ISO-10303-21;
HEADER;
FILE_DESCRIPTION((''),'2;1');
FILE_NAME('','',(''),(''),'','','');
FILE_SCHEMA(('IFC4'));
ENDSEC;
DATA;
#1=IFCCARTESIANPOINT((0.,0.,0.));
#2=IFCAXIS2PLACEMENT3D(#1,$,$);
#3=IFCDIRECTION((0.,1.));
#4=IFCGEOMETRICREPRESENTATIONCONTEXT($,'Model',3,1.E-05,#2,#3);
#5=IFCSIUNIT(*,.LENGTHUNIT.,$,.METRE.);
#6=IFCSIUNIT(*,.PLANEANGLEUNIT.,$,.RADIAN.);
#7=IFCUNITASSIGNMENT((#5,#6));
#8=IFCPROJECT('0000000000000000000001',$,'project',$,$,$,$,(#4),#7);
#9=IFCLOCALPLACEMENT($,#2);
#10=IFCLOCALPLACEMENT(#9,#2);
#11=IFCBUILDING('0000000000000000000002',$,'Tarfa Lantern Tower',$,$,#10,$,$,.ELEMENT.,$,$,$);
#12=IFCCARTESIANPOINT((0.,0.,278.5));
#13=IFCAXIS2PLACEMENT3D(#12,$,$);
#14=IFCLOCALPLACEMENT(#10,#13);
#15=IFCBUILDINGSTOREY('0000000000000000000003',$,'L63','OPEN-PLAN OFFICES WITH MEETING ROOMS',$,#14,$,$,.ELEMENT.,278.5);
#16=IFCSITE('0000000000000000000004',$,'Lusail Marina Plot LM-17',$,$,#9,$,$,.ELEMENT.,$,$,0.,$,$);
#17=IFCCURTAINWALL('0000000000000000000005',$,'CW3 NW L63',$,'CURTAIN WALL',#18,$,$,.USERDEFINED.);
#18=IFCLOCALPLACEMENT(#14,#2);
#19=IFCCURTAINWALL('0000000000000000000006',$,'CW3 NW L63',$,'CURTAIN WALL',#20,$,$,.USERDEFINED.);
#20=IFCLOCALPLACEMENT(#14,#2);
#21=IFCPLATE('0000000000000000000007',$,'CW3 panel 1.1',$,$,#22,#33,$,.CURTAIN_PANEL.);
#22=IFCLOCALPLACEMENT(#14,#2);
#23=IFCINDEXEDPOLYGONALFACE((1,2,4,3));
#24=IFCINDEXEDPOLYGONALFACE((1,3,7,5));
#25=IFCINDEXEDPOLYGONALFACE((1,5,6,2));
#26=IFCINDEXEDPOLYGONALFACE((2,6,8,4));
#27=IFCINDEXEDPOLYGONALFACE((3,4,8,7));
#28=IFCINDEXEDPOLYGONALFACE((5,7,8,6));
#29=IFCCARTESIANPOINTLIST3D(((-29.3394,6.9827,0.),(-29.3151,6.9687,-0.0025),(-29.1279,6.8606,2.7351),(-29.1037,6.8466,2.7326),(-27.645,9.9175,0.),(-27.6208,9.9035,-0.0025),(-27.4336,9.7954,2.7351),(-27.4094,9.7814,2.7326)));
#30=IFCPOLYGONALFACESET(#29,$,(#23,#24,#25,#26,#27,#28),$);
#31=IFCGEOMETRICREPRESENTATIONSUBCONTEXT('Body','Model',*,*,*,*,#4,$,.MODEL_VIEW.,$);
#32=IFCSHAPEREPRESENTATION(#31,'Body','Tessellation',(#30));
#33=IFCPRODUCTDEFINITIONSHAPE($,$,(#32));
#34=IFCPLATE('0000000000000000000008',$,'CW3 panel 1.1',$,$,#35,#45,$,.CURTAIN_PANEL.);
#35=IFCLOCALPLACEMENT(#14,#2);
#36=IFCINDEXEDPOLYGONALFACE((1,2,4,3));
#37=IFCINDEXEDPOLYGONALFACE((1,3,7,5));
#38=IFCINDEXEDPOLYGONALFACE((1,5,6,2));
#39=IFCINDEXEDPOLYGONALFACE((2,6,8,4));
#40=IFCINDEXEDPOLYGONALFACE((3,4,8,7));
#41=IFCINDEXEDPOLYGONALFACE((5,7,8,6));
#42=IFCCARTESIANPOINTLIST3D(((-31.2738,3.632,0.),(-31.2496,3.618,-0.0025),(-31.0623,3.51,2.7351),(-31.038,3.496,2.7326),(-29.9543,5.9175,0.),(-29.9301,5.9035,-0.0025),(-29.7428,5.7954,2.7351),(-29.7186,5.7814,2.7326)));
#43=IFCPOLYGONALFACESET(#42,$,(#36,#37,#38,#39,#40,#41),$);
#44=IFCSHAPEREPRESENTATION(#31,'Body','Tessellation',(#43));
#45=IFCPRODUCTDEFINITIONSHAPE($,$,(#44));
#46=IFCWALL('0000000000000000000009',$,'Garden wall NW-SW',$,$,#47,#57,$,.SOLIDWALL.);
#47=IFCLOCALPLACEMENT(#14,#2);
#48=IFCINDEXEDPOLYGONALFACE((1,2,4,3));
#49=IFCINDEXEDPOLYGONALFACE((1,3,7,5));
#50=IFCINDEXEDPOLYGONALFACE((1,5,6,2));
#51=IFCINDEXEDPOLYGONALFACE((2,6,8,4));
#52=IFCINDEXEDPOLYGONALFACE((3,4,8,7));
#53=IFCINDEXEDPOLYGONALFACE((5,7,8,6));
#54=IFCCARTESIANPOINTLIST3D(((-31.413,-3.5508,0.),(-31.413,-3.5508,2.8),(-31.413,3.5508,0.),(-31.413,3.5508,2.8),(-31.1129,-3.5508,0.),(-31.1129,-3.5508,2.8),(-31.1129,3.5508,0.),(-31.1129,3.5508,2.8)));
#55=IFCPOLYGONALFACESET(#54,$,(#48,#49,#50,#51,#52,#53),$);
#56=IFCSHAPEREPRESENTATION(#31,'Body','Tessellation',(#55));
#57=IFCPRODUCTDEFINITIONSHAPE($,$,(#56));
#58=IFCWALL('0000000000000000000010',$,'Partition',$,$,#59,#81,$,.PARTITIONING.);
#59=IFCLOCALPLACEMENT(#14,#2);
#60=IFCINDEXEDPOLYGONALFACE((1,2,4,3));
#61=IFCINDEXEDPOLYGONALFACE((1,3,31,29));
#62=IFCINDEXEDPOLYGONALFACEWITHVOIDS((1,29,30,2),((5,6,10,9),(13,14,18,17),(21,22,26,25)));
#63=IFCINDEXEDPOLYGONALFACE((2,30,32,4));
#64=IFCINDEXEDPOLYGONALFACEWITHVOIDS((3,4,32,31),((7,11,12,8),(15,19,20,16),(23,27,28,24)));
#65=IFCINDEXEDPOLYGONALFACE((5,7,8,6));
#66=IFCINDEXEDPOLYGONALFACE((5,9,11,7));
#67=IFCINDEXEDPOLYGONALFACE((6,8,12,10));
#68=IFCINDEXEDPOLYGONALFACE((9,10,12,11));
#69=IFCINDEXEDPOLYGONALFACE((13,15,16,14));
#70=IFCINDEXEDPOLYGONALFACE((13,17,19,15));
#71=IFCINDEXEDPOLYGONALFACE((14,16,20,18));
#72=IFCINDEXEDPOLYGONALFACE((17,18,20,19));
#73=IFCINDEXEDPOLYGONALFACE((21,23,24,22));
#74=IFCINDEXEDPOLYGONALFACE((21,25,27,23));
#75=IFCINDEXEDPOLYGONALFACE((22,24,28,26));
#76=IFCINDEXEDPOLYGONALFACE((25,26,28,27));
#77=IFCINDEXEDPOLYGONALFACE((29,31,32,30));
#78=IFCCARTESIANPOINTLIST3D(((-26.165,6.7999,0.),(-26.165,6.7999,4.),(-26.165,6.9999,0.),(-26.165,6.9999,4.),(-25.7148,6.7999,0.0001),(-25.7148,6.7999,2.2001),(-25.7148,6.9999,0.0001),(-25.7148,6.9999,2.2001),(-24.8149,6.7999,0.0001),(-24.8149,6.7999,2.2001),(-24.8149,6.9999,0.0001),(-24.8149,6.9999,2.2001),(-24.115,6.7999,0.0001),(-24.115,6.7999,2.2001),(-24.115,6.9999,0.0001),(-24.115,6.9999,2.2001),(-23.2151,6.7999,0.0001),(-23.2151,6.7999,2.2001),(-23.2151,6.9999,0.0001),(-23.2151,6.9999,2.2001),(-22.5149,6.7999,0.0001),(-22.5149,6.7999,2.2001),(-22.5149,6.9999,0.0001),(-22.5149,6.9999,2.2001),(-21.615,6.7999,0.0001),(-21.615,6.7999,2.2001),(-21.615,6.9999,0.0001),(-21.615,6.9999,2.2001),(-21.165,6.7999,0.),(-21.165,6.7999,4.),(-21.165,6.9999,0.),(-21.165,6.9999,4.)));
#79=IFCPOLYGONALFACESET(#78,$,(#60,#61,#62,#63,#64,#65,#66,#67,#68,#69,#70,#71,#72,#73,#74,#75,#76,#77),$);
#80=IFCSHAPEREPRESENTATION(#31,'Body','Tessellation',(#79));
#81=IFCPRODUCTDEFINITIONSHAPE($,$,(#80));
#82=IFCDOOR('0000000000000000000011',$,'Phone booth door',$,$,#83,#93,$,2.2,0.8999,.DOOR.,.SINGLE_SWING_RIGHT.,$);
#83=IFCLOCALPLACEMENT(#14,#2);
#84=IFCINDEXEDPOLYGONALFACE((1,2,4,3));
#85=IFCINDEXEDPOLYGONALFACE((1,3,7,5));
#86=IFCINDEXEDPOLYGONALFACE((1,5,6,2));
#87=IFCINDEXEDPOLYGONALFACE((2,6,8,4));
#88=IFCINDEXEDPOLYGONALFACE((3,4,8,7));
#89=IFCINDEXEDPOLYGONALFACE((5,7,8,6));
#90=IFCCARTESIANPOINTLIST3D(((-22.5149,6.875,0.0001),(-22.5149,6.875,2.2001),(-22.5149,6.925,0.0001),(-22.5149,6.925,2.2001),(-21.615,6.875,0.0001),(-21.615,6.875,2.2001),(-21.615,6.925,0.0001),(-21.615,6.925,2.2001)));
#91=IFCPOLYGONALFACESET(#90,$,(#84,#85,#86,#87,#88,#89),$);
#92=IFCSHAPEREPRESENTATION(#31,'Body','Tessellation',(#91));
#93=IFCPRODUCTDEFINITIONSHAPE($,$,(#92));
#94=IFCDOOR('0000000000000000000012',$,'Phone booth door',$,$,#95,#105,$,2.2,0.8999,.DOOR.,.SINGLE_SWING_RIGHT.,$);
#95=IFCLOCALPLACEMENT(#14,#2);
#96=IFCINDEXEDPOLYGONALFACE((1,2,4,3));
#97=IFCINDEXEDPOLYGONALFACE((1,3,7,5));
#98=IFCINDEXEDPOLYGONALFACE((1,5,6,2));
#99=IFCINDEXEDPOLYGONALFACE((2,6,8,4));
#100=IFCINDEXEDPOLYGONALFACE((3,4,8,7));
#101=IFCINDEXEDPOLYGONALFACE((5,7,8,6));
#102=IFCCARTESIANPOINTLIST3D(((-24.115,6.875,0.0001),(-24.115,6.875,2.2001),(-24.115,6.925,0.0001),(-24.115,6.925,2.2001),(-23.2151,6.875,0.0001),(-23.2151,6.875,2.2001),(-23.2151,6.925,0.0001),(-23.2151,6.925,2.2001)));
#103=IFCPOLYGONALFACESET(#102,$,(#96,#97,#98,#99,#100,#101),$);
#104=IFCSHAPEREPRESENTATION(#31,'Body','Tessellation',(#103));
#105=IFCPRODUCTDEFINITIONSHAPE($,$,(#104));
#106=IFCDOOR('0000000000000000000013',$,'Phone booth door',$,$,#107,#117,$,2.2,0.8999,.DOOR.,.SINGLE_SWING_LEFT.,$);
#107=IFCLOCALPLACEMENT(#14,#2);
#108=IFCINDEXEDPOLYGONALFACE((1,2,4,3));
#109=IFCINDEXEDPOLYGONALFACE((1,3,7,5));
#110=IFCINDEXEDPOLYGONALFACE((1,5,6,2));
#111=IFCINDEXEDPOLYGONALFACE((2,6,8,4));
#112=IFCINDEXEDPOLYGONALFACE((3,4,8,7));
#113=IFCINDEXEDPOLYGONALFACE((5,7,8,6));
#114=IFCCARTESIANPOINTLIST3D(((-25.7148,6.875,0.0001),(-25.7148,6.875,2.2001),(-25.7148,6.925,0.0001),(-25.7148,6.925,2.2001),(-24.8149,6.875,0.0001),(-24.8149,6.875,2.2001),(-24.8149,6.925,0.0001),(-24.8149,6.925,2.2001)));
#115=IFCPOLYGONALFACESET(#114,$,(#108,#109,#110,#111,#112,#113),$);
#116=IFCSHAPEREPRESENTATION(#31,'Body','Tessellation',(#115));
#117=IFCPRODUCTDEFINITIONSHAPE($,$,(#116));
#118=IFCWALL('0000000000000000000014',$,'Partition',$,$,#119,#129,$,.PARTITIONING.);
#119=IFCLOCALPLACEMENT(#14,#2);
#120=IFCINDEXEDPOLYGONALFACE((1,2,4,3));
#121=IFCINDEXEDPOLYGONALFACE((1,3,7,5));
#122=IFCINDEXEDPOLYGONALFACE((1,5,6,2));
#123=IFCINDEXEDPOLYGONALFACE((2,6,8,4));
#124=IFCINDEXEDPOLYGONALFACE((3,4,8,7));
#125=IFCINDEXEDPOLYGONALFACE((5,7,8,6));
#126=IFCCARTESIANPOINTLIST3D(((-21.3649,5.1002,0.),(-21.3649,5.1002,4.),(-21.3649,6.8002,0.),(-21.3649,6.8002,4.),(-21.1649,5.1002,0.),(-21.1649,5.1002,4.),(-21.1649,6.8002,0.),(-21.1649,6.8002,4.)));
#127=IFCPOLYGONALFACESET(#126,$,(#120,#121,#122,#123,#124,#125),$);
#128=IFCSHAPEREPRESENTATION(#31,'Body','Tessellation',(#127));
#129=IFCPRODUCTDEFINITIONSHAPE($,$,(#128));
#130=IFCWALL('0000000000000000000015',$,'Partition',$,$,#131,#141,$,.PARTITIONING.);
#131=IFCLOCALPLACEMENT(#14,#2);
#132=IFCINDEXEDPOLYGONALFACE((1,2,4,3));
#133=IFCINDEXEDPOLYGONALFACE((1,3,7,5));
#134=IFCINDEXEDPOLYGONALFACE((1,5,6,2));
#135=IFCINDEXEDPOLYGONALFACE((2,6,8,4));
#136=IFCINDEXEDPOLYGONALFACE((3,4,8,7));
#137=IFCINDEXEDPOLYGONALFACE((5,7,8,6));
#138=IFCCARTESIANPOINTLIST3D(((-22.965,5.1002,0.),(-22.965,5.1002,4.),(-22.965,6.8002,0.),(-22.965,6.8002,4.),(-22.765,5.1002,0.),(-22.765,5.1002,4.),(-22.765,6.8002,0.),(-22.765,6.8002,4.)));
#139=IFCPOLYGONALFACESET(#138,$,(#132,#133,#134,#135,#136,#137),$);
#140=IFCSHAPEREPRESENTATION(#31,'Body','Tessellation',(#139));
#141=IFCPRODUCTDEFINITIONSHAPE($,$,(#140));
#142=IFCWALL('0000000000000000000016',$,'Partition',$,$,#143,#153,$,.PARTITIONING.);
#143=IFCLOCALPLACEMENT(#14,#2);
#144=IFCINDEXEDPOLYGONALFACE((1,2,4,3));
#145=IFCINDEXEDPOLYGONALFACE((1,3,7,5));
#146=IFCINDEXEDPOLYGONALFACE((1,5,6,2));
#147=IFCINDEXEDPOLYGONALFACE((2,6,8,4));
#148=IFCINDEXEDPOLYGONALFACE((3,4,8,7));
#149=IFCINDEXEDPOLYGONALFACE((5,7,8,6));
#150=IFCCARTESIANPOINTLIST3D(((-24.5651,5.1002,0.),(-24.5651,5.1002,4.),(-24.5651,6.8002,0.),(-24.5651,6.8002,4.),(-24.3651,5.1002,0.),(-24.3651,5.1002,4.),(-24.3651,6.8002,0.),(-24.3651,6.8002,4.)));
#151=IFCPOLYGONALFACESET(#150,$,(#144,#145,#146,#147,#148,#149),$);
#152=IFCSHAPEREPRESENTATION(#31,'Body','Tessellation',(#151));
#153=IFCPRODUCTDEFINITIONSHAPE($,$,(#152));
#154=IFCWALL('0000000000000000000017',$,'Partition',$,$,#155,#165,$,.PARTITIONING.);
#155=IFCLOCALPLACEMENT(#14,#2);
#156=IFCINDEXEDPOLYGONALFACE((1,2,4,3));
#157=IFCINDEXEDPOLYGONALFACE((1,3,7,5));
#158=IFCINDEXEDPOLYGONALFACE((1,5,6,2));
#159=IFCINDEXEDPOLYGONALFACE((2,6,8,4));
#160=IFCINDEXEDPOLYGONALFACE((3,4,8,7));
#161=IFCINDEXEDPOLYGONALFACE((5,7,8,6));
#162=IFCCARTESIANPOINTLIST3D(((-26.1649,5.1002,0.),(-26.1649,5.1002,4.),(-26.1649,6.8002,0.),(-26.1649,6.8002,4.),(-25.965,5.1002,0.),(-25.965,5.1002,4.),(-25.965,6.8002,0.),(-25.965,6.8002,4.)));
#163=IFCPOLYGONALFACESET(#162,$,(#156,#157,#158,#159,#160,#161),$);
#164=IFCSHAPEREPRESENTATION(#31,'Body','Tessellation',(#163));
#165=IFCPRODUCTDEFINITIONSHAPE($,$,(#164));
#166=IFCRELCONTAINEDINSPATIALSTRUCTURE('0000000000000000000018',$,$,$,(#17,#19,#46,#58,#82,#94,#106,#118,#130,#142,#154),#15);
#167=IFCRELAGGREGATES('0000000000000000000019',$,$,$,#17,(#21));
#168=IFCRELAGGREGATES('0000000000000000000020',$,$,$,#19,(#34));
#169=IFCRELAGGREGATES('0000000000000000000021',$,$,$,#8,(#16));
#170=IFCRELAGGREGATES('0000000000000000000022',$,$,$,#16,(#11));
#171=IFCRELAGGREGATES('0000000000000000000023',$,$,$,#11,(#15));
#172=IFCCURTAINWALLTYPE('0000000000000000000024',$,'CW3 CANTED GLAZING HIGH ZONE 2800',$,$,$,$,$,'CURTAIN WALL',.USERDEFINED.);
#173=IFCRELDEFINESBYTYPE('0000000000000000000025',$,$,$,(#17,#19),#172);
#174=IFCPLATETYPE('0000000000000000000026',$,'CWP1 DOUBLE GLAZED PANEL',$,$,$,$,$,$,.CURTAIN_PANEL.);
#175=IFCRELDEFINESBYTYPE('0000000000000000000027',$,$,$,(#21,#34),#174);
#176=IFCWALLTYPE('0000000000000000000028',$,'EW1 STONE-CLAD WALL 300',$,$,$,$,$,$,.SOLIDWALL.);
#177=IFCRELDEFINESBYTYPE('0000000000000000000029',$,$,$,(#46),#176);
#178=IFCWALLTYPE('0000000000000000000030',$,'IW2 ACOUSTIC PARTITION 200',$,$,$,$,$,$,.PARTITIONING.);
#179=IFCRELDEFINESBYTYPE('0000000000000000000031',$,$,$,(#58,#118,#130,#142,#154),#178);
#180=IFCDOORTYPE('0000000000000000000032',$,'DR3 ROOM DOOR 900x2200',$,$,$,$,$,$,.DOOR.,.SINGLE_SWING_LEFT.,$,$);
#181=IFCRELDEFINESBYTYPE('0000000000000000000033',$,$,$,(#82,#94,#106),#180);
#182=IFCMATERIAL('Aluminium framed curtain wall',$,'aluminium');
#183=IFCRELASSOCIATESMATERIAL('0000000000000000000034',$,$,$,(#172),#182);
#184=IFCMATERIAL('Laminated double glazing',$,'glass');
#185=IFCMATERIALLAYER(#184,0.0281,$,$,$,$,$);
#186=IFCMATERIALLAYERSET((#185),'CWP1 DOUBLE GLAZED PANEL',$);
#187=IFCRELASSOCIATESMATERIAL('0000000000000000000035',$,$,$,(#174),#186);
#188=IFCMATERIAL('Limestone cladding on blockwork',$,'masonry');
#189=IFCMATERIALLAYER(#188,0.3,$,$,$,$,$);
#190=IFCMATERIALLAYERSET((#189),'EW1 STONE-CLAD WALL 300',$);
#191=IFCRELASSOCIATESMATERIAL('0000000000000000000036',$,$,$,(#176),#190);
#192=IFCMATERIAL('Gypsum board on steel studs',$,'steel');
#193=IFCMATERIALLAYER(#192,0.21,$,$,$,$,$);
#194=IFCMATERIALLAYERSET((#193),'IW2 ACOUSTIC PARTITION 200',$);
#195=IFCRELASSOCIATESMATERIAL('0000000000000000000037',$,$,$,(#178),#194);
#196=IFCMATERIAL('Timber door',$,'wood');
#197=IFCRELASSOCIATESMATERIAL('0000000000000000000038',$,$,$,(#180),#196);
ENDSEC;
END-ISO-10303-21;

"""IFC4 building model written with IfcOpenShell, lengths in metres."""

from ifc_helpers import new_model, si_unit, direction, frame, frame_2d, origin, place, context, subcontext, project, spatial, polyline, rectangle, outline, extrude, material, layer, layer_set, type_object, element, fill, aggregate, save


model = new_model("IFC4")

# Units and contexts
model_context = context("Model", 3, precision=1e-05, world=origin(), true_north=direction((0.0, 1.0)))
body_context = subcontext(model_context, "Body", "Model", "MODEL_VIEW")
ifc_project = project(units=[si_unit("LENGTHUNIT", "METRE"), si_unit("PLANEANGLEUNIT", "RADIAN")], contexts=[model_context])

# Site, building, storey
site_placement = place(None, origin())
site = spatial("IfcSite", under=ifc_project, at=site_placement, Name="Lusail Marina Plot LM-17", CompositionType="ELEMENT", RefElevation=0.0)
building_placement = place(site_placement, origin())
building = spatial("IfcBuilding", under=site, at=building_placement, Name="Tarfa Lantern Tower", CompositionType="ELEMENT")
storey_placement = place(building_placement, frame((0.0, 0.0, 278.5)))
storey = spatial("IfcBuildingStorey", under=building, at=storey_placement, Name="L63", Description="OPEN-PLAN OFFICES WITH MEETING ROOMS", CompositionType="ELEMENT", Elevation=278.5)

# Curtain walls
ifc_material_1 = material(Name="Aluminium framed curtain wall", Category="aluminium")
curtain_wall_type = type_object("IfcCurtainWallType", Name="CW3 CANTED GLAZING HIGH ZONE 2800", ElementType="CURTAIN WALL", PredefinedType="USERDEFINED", material=ifc_material_1)
curtain_wall_1_placement = place(storey_placement, origin())
curtain_wall_1 = element("IfcCurtainWall", 1, at=curtain_wall_1_placement, inside=storey, type_object=curtain_wall_type, Name="CW3 NW L63", ObjectType="CURTAIN WALL", PredefinedType="USERDEFINED")
curtain_wall_2_placement = place(storey_placement, origin())
curtain_wall_2 = element("IfcCurtainWall", 2, at=curtain_wall_2_placement, inside=storey, type_object=curtain_wall_type, Name="CW3 NW L63", ObjectType="CURTAIN WALL", PredefinedType="USERDEFINED")

# Plates
ifc_material_2 = material(Name="Laminated double glazing", Category="glass")
ifc_layer_1 = layer(ifc_material_2, 0.0281)
ifc_layer_set_1 = layer_set([ifc_layer_1], Name="CWP1 DOUBLE GLAZED PANEL")
plate_type = type_object("IfcPlateType", Name="CWP1 DOUBLE GLAZED PANEL", PredefinedType="CURTAIN_PANEL", material=ifc_layer_set_1)
plate_1_placement = place(storey_placement, frame((-27.645, 9.9175, 0.0), z_axis=(-0.862606, 0.498002, 0.088906), x_axis=(-0.499982, -0.866036, 0.0)))
plate_1 = element("IfcPlate", 3, at=plate_1_placement, type_object=plate_type, Name="CW3 panel 1.1", PredefinedType="CURTAIN_PANEL", context=body_context, shape_type="SweptSolid", body=[
    extrude(outline(polyline([(0.0, 0.0), (3.3888, 0.0), (3.3888, 2.746), (0.0, 2.746), (0.0, 0.0)])), origin(), (0.0, 0.0, -1.0), 0.0281),
])
aggregate(curtain_wall_1, [plate_1])
plate_2_placement = place(storey_placement, frame((-29.9543, 5.9175, 0.0), z_axis=(-0.862596, 0.498013, 0.088945), x_axis=(-0.499995, -0.866028, -0.000004)))
plate_2 = element("IfcPlate", 4, at=plate_2_placement, type_object=plate_type, Name="CW3 panel 1.1", PredefinedType="CURTAIN_PANEL", context=body_context, shape_type="SweptSolid", body=[
    extrude(outline(polyline([(0.0, 0.0), (2.639, 0.0), (2.6389, 2.746), (0.0, 2.746), (0.0, 0.0)])), origin(), (0.0, 0.0, -1.0), 0.0281),
])
aggregate(curtain_wall_2, [plate_2])

# Wall
ifc_material_3 = material(Name="Limestone cladding on blockwork", Category="masonry")
ifc_layer_2 = layer(ifc_material_3, 0.3)
ifc_layer_set_2 = layer_set([ifc_layer_2], Name="EW1 STONE-CLAD WALL 300")
wall_type_1 = type_object("IfcWallType", Name="EW1 STONE-CLAD WALL 300", PredefinedType="SOLIDWALL", material=ifc_layer_set_2)
wall_1_placement = place(storey_placement, frame((-31.2629, 3.5508, 0.0), z_axis=(0.0, 0.0, 1.0), x_axis=(0.0, -1.0, 0.0)))
element("IfcWall", 5, at=wall_1_placement, inside=storey, type_object=wall_type_1, Name="Garden wall NW-SW", PredefinedType="SOLIDWALL", context=body_context, shape_type="SweptSolid", body=[
    extrude(rectangle(XDim=7.1016, YDim=0.3, at=frame_2d((3.5508, 0.0))), origin(), (0.0, 0.0, 1.0), 2.8),
])

# Wall, openings, doors
ifc_material_4 = material(Name="Gypsum board on steel studs", Category="steel")
ifc_layer_3 = layer(ifc_material_4, 0.21)
ifc_layer_set_3 = layer_set([ifc_layer_3], Name="IW2 ACOUSTIC PARTITION 200")
wall_type_2 = type_object("IfcWallType", Name="IW2 ACOUSTIC PARTITION 200", PredefinedType="PARTITIONING", material=ifc_layer_set_3)
wall_2_placement = place(storey_placement, frame((-21.165, 6.8999, 0.0), z_axis=(0.0, 0.0, 1.0), x_axis=(-1.0, 0.0, 0.0)))
wall_2 = element("IfcWall", 6, at=wall_2_placement, inside=storey, type_object=wall_type_2, Name="Partition", PredefinedType="PARTITIONING", context=body_context, shape_type="SweptSolid", body=[
    extrude(rectangle(XDim=5.0, YDim=0.2, at=frame_2d((2.5, 0.0))), origin(), (0.0, 0.0, 1.0), 4.0),
])
opening_1_placement = place(wall_2_placement, frame((0.45, 0.0, 0.0)))
opening_1 = element("IfcOpeningElement", 7, at=opening_1_placement, cuts=wall_2, PredefinedType="OPENING", context=body_context, shape_type="SweptSolid", body=[
    extrude(rectangle(XDim=0.8999, YDim=2.2, at=frame_2d((0.45, 1.1001))), frame((0.0, 0.1099, 0.0), z_axis=(0.0, -1.0, 0.0), x_axis=(1.0, 0.0, 0.0)), (0.0, 0.0, 1.0), 0.22),
])
opening_2_placement = place(wall_2_placement, frame((2.05, 0.0, 0.0)))
opening_2 = element("IfcOpeningElement", 8, at=opening_2_placement, cuts=wall_2, PredefinedType="OPENING", context=body_context, shape_type="SweptSolid", body=[
    extrude(rectangle(XDim=0.8999, YDim=2.2, at=frame_2d((0.45, 1.1001))), frame((0.0, 0.1099, 0.0), z_axis=(0.0, -1.0, 0.0), x_axis=(1.0, 0.0, 0.0)), (0.0, 0.0, 1.0), 0.22),
])
opening_3_placement = place(wall_2_placement, frame((3.6499, 0.0, 0.0)))
opening_3 = element("IfcOpeningElement", 9, at=opening_3_placement, cuts=wall_2, PredefinedType="OPENING", context=body_context, shape_type="SweptSolid", body=[
    extrude(rectangle(XDim=0.8999, YDim=2.2, at=frame_2d((0.45, 1.1001))), frame((0.0, 0.1099, 0.0), z_axis=(0.0, -1.0, 0.0), x_axis=(1.0, 0.0, 0.0)), (0.0, 0.0, 1.0), 0.22),
])
ifc_material_5 = material(Name="Timber door", Category="wood")
door_type = type_object("IfcDoorType", Name="DR3 ROOM DOOR 900x2200", OperationType="SINGLE_SWING_LEFT", PredefinedType="DOOR", material=ifc_material_5)
door_1_placement = place(opening_1_placement, origin())
door_1 = element("IfcDoor", 10, at=door_1_placement, inside=storey, type_object=door_type, Name="Phone booth door", OperationType="SINGLE_SWING_RIGHT", OverallHeight=2.2, OverallWidth=0.8999, PredefinedType="DOOR", context=body_context, shape_type="SweptSolid", body=[
    extrude(rectangle(XDim=0.8999, YDim=2.2, at=frame_2d((0.45, 1.1001))), frame((0.0, 0.0249, 0.0), z_axis=(0.0, -1.0, 0.0), x_axis=(1.0, 0.0, 0.0)), (0.0, 0.0, 1.0), 0.05),
])
fill(opening_1, door_1)
door_2_placement = place(opening_2_placement, origin())
door_2 = element("IfcDoor", 11, at=door_2_placement, inside=storey, type_object=door_type, Name="Phone booth door", OperationType="SINGLE_SWING_RIGHT", OverallHeight=2.2, OverallWidth=0.8999, PredefinedType="DOOR", context=body_context, shape_type="SweptSolid", body=[
    extrude(rectangle(XDim=0.8999, YDim=2.2, at=frame_2d((0.45, 1.1001))), frame((0.0, 0.0249, 0.0), z_axis=(0.0, -1.0, 0.0), x_axis=(1.0, 0.0, 0.0)), (0.0, 0.0, 1.0), 0.05),
])
fill(opening_2, door_2)
door_3_placement = place(opening_3_placement, origin())
door_3 = element("IfcDoor", 12, at=door_3_placement, inside=storey, type_object=door_type, Name="Phone booth door", OperationType="SINGLE_SWING_LEFT", OverallHeight=2.2, OverallWidth=0.8999, PredefinedType="DOOR", context=body_context, shape_type="SweptSolid", body=[
    extrude(rectangle(XDim=0.8999, YDim=2.2, at=frame_2d((0.45, 1.1001))), frame((0.0, 0.0249, 0.0), z_axis=(0.0, -1.0, 0.0), x_axis=(1.0, 0.0, 0.0)), (0.0, 0.0, 1.0), 0.05),
])
fill(opening_3, door_3)

# Walls
for number, where, z_axis, x_axis, name in (
    (13, (-21.2649, 5.1001, 0.0), (0.0, 0.0, 1.0), (0.0, 1.0, 0.0), "Partition"),
    (14, (-22.865, 5.1001, 0.0), (0.0, 0.0, 1.0), (0.0, 1.0, 0.0), "Partition"),
    (15, (-24.4651, 5.1001, 0.0), (0.0, 0.0, 1.0), (0.0, 1.0, 0.0), "Partition"),
    (16, (-26.0649, 5.1001, 0.0), (0.0, 0.0, 1.0), (0.0, 1.0, 0.0), "Partition"),
):
    element("IfcWall", number, at=place(storey_placement, frame(where, z_axis=z_axis, x_axis=x_axis)), inside=storey, type_object=wall_type_2, Name=name, PredefinedType="PARTITIONING", context=body_context, shape_type="SweptSolid", body=[
        extrude(rectangle(XDim=1.7, YDim=0.2, at=frame_2d((0.8501, 0.0))), origin(), (0.0, 0.0, 1.0), 4.0),
    ])

save(model, "model.ifc")
